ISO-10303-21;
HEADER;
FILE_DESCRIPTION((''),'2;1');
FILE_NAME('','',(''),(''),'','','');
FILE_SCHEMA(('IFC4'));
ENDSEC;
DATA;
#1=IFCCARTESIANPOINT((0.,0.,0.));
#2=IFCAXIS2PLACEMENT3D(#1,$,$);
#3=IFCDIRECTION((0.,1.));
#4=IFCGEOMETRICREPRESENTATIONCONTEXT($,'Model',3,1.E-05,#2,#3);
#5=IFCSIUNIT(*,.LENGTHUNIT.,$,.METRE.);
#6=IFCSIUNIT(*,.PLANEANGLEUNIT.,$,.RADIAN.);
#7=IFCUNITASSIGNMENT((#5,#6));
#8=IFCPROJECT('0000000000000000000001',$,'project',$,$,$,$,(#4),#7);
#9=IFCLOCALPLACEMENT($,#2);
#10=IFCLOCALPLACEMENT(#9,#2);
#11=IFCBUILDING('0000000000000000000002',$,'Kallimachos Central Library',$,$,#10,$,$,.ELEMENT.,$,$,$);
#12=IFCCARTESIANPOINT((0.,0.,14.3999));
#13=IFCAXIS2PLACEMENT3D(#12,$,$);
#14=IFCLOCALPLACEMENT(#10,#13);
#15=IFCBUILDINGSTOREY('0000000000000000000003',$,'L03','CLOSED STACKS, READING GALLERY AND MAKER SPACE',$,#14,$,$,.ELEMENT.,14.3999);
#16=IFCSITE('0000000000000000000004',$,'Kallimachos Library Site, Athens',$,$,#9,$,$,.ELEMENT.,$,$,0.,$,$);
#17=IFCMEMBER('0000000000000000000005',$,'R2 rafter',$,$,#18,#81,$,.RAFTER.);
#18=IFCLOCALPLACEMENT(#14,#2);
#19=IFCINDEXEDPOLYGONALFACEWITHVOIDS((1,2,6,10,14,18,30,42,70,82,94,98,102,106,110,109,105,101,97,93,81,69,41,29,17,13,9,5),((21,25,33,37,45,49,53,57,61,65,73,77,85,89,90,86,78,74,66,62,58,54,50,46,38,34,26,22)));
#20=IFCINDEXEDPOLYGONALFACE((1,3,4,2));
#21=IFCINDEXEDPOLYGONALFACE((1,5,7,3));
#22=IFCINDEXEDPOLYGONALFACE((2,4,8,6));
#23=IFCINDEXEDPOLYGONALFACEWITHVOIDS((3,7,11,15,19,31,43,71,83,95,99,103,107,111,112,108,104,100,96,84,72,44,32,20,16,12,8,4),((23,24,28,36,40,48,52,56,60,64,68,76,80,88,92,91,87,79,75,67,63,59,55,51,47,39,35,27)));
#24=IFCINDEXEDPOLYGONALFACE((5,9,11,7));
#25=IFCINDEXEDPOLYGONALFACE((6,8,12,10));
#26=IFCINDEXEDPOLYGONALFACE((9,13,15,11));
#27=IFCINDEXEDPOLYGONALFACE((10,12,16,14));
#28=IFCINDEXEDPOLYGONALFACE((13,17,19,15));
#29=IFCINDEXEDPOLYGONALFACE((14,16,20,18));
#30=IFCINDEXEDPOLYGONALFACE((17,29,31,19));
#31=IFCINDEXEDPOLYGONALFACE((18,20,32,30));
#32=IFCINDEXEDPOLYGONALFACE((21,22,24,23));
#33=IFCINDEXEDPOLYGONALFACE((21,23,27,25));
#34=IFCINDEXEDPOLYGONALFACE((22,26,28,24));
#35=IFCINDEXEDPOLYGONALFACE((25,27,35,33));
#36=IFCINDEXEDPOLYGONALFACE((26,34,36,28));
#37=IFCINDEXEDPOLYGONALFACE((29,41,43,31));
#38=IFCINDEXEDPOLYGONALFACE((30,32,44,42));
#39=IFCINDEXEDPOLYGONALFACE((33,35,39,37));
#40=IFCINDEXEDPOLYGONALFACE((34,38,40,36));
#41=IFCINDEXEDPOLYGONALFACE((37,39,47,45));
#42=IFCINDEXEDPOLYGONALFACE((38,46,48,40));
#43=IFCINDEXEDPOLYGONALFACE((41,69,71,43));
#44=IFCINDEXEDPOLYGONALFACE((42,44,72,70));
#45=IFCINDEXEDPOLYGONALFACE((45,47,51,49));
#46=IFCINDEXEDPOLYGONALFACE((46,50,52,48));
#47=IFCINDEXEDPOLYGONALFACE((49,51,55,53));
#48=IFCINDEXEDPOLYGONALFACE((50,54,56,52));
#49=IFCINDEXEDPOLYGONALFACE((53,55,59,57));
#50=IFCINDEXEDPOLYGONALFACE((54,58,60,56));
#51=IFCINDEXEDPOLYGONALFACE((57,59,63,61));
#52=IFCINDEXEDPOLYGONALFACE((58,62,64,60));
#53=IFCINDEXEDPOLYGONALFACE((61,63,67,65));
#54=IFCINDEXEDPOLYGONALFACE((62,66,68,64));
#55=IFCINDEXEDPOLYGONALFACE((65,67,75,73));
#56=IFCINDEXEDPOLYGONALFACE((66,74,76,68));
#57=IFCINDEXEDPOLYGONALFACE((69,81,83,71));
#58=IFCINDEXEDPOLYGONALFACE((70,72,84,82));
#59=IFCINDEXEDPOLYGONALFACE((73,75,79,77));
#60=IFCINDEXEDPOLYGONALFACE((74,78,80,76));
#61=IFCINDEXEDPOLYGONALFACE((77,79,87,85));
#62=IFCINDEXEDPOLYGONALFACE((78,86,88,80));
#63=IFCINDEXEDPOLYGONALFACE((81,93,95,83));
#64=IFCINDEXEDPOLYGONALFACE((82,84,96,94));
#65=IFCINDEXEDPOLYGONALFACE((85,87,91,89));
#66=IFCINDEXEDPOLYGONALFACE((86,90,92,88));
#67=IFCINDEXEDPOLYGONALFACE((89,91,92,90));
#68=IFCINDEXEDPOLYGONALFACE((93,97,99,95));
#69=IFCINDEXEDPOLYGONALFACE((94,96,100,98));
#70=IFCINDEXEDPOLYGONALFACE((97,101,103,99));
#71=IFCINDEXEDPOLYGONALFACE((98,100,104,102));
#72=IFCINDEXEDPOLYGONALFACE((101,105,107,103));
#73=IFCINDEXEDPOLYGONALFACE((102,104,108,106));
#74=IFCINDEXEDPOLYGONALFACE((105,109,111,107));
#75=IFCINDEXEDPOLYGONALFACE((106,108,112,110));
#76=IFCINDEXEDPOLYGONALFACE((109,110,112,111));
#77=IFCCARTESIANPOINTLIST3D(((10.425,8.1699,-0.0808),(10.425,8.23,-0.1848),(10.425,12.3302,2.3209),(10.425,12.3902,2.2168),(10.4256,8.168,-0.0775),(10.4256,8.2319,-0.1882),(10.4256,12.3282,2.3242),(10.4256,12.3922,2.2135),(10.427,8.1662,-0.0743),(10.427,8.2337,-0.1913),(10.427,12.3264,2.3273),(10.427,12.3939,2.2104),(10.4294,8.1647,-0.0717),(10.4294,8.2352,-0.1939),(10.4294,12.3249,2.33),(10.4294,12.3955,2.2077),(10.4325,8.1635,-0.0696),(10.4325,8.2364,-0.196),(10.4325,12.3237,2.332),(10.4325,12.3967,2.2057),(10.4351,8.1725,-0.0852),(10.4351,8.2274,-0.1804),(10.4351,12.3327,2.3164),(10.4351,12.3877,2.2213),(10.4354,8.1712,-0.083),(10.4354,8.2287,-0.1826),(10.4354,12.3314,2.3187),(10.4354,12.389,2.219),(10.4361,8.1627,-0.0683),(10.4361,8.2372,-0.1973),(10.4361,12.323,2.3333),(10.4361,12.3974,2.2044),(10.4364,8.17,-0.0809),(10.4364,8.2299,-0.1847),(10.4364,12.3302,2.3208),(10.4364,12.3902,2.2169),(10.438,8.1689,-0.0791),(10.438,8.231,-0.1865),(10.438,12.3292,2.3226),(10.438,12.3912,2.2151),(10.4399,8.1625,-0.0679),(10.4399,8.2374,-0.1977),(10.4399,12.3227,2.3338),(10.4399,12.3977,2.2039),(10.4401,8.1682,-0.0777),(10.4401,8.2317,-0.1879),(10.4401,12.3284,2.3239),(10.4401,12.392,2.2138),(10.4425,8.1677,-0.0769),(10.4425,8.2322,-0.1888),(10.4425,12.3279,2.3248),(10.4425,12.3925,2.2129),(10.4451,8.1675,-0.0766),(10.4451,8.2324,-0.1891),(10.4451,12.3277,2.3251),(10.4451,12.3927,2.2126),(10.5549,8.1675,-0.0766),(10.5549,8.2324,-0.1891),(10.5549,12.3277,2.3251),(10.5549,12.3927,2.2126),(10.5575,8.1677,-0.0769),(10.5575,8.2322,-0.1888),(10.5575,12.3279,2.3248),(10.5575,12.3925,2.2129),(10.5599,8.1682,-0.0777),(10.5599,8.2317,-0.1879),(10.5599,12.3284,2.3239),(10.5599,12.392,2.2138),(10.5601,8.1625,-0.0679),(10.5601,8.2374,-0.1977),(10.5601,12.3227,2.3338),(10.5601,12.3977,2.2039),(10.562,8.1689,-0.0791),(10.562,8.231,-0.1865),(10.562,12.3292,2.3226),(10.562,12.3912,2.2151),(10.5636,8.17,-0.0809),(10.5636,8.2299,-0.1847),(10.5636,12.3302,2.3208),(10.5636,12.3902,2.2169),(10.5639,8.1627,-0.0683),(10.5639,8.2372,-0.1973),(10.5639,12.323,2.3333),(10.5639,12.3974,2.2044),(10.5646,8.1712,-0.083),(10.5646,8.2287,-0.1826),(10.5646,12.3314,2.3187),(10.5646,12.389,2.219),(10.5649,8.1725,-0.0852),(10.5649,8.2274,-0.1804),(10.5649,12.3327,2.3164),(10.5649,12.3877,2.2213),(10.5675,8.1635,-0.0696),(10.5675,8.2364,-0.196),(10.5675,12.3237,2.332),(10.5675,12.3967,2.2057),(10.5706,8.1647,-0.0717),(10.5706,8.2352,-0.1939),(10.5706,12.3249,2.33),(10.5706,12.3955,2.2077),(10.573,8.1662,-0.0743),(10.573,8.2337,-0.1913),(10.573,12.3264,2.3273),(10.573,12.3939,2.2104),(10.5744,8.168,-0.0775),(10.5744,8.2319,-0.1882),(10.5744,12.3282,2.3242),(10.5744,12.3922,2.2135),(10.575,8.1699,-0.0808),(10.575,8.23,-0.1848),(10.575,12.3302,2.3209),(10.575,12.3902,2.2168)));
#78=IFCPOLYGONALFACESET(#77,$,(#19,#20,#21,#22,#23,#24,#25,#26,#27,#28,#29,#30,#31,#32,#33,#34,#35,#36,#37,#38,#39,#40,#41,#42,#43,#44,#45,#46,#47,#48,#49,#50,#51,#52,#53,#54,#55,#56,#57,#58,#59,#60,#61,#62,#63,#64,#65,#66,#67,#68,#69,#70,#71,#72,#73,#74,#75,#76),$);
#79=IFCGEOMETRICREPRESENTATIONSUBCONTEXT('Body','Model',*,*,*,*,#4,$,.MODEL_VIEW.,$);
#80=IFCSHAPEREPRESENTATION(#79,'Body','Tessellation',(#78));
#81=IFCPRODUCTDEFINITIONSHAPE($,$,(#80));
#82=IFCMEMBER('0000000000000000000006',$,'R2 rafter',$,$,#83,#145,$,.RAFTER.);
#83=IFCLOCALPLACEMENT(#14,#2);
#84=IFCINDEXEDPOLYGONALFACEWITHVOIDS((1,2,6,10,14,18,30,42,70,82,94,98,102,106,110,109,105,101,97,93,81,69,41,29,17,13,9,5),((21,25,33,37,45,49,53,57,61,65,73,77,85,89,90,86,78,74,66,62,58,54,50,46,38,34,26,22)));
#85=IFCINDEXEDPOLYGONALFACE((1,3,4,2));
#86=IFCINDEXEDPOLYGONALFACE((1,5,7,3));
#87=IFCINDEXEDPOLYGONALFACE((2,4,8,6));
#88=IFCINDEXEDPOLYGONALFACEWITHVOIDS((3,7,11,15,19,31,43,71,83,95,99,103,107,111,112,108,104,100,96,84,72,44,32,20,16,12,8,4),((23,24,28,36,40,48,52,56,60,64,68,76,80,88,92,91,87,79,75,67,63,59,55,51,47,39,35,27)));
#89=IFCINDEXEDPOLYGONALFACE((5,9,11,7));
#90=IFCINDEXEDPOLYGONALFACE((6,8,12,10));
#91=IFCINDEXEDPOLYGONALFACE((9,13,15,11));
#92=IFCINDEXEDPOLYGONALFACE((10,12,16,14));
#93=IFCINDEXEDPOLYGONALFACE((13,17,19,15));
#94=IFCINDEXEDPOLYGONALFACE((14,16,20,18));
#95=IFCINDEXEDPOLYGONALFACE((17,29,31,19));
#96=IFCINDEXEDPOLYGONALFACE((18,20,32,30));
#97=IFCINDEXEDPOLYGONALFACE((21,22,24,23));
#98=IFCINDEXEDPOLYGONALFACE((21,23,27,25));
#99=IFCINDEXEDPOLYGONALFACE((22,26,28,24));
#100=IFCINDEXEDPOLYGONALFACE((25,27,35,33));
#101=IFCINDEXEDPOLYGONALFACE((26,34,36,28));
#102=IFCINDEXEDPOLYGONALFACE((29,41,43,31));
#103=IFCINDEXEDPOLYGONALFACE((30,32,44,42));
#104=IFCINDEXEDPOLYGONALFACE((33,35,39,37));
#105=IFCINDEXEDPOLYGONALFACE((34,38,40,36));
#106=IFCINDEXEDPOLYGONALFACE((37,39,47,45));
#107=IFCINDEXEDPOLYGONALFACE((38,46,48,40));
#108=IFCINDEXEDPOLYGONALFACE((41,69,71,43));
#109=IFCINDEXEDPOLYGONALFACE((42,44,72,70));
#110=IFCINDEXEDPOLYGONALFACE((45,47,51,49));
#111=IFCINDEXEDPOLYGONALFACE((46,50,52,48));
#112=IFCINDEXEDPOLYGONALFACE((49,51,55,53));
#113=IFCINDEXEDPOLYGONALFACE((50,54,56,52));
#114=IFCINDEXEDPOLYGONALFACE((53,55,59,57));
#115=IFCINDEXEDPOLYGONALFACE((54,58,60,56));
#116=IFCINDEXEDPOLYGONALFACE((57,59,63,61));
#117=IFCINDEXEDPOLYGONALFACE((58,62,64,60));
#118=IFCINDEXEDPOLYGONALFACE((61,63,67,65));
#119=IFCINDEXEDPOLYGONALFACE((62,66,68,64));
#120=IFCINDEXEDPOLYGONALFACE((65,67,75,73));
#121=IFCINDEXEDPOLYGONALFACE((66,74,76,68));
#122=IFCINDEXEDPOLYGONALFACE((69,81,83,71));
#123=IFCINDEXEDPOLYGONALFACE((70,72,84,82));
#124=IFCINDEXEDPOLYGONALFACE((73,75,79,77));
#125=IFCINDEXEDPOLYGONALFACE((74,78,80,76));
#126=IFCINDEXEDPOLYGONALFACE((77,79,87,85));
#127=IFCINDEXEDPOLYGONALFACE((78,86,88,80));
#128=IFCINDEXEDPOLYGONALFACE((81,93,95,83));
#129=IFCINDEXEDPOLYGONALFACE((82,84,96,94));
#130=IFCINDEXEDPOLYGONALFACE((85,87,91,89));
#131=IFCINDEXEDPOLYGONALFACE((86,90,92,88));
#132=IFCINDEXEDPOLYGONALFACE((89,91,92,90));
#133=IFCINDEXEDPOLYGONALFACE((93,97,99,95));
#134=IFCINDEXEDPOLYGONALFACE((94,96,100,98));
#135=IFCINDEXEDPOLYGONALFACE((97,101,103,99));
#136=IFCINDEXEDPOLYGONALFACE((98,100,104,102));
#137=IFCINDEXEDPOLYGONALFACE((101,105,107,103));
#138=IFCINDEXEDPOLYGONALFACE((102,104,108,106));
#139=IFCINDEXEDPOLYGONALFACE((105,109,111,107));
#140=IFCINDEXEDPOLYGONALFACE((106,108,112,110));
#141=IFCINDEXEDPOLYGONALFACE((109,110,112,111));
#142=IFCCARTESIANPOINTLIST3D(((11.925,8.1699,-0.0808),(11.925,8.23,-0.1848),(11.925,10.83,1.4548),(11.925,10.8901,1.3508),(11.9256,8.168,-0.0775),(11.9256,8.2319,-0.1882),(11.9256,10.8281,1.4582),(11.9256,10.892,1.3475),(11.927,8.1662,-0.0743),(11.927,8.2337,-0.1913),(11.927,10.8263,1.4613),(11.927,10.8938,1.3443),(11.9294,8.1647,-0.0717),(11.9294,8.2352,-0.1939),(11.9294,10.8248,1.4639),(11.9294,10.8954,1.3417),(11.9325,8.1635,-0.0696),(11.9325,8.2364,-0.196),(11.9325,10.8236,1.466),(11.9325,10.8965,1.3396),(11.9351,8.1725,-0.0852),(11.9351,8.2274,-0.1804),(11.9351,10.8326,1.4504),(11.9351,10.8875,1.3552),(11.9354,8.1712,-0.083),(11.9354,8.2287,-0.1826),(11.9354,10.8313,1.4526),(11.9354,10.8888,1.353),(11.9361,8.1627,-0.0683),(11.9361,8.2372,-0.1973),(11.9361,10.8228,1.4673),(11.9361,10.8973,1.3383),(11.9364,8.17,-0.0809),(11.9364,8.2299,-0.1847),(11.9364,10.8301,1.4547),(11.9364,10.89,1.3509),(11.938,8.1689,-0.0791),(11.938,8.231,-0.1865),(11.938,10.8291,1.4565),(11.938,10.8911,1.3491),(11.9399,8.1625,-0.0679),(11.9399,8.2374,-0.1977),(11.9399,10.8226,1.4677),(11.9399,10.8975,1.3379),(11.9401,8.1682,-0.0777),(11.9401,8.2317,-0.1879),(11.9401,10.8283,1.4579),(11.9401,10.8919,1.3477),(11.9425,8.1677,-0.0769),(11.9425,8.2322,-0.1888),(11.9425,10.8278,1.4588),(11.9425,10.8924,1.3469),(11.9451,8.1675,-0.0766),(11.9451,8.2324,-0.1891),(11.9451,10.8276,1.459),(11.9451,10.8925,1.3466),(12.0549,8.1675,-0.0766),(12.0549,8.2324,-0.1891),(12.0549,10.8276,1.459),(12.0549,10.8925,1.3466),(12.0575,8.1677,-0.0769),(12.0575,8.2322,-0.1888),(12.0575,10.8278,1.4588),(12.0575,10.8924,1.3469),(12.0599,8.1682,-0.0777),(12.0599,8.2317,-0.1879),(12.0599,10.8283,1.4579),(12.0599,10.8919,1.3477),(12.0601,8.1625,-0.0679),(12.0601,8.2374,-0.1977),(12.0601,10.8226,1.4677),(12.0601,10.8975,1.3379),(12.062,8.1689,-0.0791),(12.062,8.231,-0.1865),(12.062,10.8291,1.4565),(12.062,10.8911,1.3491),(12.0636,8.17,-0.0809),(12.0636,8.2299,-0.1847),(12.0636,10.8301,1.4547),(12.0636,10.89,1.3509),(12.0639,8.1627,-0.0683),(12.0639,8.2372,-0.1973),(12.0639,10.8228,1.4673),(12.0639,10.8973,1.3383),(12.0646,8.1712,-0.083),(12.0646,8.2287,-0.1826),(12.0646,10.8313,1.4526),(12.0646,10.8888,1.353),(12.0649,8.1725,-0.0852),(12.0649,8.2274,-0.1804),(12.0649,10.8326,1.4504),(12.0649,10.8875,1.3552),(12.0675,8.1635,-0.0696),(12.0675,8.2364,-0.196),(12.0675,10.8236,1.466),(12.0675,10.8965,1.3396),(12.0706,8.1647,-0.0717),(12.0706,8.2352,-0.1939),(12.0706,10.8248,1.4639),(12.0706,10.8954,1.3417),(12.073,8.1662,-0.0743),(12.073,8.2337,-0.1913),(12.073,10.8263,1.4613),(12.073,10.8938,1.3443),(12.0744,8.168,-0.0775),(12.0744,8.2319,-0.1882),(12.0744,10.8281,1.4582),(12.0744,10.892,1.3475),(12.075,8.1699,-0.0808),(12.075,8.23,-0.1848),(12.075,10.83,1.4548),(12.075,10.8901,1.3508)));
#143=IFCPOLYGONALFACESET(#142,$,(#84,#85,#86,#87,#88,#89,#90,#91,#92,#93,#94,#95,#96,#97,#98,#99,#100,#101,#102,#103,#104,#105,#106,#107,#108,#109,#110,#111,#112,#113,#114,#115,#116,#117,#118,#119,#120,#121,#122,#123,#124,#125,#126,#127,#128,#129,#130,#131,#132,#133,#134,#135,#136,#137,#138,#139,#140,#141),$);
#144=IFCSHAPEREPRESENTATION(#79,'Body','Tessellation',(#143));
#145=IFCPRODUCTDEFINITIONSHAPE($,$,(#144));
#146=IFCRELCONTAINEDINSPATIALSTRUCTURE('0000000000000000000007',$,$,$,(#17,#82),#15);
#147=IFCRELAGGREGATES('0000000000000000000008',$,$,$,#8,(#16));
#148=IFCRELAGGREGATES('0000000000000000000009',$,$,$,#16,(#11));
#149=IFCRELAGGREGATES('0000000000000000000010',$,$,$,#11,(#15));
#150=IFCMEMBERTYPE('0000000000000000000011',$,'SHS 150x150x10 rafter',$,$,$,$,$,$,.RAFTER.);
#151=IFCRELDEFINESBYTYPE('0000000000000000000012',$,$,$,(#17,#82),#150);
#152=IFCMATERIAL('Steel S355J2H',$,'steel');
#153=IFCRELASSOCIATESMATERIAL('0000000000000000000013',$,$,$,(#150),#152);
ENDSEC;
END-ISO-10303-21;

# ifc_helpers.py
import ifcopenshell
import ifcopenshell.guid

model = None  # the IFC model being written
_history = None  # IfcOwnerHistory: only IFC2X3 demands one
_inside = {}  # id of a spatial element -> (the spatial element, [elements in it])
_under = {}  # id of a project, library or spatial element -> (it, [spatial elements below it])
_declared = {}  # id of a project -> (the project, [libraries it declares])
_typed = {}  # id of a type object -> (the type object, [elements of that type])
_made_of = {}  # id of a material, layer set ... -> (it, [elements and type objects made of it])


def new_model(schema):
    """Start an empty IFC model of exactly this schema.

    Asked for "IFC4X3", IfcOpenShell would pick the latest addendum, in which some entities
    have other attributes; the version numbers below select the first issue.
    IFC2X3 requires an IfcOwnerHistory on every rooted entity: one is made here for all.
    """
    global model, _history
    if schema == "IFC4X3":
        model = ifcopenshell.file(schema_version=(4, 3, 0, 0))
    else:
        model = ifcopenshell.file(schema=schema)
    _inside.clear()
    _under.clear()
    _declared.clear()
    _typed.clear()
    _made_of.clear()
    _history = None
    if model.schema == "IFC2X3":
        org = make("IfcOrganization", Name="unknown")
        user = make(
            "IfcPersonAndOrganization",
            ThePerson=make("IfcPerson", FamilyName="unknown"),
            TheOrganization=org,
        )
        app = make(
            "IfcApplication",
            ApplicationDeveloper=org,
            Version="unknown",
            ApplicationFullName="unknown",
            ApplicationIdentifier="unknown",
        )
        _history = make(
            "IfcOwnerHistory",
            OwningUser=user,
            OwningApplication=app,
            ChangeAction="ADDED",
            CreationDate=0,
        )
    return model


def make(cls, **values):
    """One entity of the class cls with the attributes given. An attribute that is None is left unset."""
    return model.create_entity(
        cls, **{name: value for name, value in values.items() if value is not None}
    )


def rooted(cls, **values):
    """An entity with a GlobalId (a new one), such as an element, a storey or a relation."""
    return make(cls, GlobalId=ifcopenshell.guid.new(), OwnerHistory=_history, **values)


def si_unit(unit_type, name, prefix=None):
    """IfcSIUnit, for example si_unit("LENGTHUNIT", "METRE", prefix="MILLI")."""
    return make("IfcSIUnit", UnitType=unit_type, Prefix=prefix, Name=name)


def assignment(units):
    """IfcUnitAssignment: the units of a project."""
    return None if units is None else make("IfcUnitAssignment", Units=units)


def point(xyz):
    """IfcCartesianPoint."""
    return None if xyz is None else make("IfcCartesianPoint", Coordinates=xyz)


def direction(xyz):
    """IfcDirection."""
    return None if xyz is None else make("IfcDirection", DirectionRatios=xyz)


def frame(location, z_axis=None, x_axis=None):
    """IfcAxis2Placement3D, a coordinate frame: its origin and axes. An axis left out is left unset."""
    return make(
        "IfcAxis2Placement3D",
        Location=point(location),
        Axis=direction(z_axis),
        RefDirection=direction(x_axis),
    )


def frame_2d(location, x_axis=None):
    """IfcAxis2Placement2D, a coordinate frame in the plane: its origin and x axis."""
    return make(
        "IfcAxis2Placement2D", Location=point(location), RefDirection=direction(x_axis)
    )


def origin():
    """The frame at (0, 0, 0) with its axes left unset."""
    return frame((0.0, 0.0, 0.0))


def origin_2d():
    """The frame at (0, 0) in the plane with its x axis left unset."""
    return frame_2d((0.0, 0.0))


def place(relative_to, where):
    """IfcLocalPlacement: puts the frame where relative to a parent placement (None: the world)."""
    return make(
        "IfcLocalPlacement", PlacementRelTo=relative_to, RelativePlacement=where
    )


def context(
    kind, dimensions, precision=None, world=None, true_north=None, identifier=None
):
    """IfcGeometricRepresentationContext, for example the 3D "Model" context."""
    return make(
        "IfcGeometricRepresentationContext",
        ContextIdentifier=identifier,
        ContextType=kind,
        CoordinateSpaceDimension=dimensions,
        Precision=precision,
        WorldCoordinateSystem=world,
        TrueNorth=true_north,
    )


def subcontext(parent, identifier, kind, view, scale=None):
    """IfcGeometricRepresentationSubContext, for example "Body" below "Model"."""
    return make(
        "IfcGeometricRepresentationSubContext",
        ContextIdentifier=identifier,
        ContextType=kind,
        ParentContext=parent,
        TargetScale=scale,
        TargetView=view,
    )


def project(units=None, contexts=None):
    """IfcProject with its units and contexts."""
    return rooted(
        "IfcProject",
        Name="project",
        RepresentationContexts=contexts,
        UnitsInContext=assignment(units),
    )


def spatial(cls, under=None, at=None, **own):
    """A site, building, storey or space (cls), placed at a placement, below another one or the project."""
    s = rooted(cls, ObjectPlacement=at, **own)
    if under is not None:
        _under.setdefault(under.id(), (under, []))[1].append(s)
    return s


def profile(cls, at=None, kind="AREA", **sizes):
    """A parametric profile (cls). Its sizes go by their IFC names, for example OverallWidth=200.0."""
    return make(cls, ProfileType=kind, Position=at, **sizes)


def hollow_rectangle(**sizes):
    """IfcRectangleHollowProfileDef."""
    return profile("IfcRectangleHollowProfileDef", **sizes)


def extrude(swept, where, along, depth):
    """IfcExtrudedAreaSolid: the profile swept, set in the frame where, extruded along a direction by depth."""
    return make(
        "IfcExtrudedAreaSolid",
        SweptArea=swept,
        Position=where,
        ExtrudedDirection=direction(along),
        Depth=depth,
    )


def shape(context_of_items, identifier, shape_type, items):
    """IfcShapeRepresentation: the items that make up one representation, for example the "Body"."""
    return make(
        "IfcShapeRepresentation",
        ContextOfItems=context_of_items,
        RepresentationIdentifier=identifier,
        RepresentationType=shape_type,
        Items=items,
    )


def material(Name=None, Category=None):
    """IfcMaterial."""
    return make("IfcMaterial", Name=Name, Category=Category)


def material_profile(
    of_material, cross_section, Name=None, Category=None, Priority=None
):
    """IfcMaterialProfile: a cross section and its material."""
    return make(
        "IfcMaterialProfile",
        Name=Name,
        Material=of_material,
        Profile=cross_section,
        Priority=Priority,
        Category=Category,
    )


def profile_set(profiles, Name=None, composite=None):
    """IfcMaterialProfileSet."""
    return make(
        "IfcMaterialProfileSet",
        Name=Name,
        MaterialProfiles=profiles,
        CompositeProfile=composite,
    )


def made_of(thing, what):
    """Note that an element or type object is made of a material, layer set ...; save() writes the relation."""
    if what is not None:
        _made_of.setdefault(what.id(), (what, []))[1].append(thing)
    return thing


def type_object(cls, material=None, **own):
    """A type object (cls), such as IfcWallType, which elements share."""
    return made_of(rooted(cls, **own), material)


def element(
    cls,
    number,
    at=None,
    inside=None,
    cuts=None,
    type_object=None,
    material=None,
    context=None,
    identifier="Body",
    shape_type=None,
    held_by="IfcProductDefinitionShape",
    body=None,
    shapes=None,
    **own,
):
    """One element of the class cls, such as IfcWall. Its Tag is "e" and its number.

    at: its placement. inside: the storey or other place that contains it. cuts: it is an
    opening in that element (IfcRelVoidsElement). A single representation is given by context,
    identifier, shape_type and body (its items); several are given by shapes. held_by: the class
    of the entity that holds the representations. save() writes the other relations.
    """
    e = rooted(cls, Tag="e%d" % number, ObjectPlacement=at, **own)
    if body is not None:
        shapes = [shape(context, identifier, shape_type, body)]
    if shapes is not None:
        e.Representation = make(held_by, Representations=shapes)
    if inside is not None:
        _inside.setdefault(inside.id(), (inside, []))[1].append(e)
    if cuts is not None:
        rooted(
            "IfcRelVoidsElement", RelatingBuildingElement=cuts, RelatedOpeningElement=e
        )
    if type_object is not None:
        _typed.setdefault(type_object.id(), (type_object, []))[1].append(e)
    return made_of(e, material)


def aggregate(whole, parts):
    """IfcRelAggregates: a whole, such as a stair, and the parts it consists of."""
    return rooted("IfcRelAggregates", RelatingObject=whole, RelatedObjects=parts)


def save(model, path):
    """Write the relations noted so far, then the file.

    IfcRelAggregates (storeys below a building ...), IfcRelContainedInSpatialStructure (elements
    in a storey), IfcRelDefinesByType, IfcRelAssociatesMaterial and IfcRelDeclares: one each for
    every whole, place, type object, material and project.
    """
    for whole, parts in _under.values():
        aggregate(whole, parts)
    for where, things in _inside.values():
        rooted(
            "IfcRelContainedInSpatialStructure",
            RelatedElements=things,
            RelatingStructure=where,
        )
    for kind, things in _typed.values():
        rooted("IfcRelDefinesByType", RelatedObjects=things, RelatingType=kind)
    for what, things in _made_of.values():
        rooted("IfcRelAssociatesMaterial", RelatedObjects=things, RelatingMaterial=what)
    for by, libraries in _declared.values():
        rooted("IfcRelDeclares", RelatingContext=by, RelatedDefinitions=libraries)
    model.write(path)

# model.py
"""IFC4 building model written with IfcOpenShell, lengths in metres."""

from ifc_helpers import new_model, si_unit, direction, frame, origin, origin_2d, place, context, subcontext, project, spatial, hollow_rectangle, extrude, material, material_profile, profile_set, type_object, element, save


model = new_model("IFC4")

# Units and contexts
model_context = context("Model", 3, precision=1e-05, world=origin(), true_north=direction((0.0, 1.0)))
body_context = subcontext(model_context, "Body", "Model", "MODEL_VIEW")
ifc_project = project(units=[si_unit("LENGTHUNIT", "METRE"), si_unit("PLANEANGLEUNIT", "RADIAN")], contexts=[model_context])

# Site, building, storey
site_placement = place(None, origin())
site = spatial("IfcSite", under=ifc_project, at=site_placement, Name="Kallimachos Library Site, Athens", CompositionType="ELEMENT", RefElevation=0.0)
building_placement = place(site_placement, origin())
building = spatial("IfcBuilding", under=site, at=building_placement, Name="Kallimachos Central Library", CompositionType="ELEMENT")
storey_placement = place(building_placement, frame((0.0, 0.0, 14.3999)))
storey = spatial("IfcBuildingStorey", under=building, at=storey_placement, Name="L03", Description="CLOSED STACKS, READING GALLERY AND MAKER SPACE", CompositionType="ELEMENT", Elevation=14.3999)

# Members
ifc_material_1 = material(Name="Steel S355J2H", Category="steel")
ifc_material_profile_1 = material_profile(ifc_material_1, hollow_rectangle(XDim=0.1499, YDim=0.1499, WallThickness=0.01, InnerFilletRadius=0.01, OuterFilletRadius=0.0149, at=origin_2d()), Name="SHS 150x150x10")
ifc_profile_set_1 = profile_set([ifc_material_profile_1], Name="Steel S355J2H")
member_type_1 = type_object("IfcMemberType", Name="SHS 150x150x10 rafter", PredefinedType="RAFTER", material=ifc_profile_set_1)
member_1_placement = place(storey_placement, frame((10.5, 8.2, -0.1328), z_axis=(0.0, 0.866048, 0.49996), x_axis=(-1.0, 0.0, 0.0)))
element("IfcMember", 1, at=member_1_placement, inside=storey, type_object=member_type_1, Name="R2 rafter", PredefinedType="RAFTER", context=body_context, shape_type="SweptSolid", body=[
    extrude(hollow_rectangle(XDim=0.1499, YDim=0.1499, WallThickness=0.01, InnerFilletRadius=0.01, OuterFilletRadius=0.0149, at=origin_2d()), origin(), (0.0, 0.0, 1.0), 4.8037),
])
member_2_placement = place(storey_placement, frame((12.0, 8.2, -0.1328), z_axis=(0.0, 0.866053, 0.499952), x_axis=(-1.0, 0.0, 0.0)))
element("IfcMember", 2, at=member_2_placement, inside=storey, type_object=member_type_1, Name="R2 rafter", PredefinedType="RAFTER", context=body_context, shape_type="SweptSolid", body=[
    extrude(hollow_rectangle(XDim=0.1499, YDim=0.1499, WallThickness=0.01, InnerFilletRadius=0.01, OuterFilletRadius=0.0149, at=origin_2d()), origin(), (0.0, 0.0, 1.0), 3.0715),
])

save(model, "model.ifc")
